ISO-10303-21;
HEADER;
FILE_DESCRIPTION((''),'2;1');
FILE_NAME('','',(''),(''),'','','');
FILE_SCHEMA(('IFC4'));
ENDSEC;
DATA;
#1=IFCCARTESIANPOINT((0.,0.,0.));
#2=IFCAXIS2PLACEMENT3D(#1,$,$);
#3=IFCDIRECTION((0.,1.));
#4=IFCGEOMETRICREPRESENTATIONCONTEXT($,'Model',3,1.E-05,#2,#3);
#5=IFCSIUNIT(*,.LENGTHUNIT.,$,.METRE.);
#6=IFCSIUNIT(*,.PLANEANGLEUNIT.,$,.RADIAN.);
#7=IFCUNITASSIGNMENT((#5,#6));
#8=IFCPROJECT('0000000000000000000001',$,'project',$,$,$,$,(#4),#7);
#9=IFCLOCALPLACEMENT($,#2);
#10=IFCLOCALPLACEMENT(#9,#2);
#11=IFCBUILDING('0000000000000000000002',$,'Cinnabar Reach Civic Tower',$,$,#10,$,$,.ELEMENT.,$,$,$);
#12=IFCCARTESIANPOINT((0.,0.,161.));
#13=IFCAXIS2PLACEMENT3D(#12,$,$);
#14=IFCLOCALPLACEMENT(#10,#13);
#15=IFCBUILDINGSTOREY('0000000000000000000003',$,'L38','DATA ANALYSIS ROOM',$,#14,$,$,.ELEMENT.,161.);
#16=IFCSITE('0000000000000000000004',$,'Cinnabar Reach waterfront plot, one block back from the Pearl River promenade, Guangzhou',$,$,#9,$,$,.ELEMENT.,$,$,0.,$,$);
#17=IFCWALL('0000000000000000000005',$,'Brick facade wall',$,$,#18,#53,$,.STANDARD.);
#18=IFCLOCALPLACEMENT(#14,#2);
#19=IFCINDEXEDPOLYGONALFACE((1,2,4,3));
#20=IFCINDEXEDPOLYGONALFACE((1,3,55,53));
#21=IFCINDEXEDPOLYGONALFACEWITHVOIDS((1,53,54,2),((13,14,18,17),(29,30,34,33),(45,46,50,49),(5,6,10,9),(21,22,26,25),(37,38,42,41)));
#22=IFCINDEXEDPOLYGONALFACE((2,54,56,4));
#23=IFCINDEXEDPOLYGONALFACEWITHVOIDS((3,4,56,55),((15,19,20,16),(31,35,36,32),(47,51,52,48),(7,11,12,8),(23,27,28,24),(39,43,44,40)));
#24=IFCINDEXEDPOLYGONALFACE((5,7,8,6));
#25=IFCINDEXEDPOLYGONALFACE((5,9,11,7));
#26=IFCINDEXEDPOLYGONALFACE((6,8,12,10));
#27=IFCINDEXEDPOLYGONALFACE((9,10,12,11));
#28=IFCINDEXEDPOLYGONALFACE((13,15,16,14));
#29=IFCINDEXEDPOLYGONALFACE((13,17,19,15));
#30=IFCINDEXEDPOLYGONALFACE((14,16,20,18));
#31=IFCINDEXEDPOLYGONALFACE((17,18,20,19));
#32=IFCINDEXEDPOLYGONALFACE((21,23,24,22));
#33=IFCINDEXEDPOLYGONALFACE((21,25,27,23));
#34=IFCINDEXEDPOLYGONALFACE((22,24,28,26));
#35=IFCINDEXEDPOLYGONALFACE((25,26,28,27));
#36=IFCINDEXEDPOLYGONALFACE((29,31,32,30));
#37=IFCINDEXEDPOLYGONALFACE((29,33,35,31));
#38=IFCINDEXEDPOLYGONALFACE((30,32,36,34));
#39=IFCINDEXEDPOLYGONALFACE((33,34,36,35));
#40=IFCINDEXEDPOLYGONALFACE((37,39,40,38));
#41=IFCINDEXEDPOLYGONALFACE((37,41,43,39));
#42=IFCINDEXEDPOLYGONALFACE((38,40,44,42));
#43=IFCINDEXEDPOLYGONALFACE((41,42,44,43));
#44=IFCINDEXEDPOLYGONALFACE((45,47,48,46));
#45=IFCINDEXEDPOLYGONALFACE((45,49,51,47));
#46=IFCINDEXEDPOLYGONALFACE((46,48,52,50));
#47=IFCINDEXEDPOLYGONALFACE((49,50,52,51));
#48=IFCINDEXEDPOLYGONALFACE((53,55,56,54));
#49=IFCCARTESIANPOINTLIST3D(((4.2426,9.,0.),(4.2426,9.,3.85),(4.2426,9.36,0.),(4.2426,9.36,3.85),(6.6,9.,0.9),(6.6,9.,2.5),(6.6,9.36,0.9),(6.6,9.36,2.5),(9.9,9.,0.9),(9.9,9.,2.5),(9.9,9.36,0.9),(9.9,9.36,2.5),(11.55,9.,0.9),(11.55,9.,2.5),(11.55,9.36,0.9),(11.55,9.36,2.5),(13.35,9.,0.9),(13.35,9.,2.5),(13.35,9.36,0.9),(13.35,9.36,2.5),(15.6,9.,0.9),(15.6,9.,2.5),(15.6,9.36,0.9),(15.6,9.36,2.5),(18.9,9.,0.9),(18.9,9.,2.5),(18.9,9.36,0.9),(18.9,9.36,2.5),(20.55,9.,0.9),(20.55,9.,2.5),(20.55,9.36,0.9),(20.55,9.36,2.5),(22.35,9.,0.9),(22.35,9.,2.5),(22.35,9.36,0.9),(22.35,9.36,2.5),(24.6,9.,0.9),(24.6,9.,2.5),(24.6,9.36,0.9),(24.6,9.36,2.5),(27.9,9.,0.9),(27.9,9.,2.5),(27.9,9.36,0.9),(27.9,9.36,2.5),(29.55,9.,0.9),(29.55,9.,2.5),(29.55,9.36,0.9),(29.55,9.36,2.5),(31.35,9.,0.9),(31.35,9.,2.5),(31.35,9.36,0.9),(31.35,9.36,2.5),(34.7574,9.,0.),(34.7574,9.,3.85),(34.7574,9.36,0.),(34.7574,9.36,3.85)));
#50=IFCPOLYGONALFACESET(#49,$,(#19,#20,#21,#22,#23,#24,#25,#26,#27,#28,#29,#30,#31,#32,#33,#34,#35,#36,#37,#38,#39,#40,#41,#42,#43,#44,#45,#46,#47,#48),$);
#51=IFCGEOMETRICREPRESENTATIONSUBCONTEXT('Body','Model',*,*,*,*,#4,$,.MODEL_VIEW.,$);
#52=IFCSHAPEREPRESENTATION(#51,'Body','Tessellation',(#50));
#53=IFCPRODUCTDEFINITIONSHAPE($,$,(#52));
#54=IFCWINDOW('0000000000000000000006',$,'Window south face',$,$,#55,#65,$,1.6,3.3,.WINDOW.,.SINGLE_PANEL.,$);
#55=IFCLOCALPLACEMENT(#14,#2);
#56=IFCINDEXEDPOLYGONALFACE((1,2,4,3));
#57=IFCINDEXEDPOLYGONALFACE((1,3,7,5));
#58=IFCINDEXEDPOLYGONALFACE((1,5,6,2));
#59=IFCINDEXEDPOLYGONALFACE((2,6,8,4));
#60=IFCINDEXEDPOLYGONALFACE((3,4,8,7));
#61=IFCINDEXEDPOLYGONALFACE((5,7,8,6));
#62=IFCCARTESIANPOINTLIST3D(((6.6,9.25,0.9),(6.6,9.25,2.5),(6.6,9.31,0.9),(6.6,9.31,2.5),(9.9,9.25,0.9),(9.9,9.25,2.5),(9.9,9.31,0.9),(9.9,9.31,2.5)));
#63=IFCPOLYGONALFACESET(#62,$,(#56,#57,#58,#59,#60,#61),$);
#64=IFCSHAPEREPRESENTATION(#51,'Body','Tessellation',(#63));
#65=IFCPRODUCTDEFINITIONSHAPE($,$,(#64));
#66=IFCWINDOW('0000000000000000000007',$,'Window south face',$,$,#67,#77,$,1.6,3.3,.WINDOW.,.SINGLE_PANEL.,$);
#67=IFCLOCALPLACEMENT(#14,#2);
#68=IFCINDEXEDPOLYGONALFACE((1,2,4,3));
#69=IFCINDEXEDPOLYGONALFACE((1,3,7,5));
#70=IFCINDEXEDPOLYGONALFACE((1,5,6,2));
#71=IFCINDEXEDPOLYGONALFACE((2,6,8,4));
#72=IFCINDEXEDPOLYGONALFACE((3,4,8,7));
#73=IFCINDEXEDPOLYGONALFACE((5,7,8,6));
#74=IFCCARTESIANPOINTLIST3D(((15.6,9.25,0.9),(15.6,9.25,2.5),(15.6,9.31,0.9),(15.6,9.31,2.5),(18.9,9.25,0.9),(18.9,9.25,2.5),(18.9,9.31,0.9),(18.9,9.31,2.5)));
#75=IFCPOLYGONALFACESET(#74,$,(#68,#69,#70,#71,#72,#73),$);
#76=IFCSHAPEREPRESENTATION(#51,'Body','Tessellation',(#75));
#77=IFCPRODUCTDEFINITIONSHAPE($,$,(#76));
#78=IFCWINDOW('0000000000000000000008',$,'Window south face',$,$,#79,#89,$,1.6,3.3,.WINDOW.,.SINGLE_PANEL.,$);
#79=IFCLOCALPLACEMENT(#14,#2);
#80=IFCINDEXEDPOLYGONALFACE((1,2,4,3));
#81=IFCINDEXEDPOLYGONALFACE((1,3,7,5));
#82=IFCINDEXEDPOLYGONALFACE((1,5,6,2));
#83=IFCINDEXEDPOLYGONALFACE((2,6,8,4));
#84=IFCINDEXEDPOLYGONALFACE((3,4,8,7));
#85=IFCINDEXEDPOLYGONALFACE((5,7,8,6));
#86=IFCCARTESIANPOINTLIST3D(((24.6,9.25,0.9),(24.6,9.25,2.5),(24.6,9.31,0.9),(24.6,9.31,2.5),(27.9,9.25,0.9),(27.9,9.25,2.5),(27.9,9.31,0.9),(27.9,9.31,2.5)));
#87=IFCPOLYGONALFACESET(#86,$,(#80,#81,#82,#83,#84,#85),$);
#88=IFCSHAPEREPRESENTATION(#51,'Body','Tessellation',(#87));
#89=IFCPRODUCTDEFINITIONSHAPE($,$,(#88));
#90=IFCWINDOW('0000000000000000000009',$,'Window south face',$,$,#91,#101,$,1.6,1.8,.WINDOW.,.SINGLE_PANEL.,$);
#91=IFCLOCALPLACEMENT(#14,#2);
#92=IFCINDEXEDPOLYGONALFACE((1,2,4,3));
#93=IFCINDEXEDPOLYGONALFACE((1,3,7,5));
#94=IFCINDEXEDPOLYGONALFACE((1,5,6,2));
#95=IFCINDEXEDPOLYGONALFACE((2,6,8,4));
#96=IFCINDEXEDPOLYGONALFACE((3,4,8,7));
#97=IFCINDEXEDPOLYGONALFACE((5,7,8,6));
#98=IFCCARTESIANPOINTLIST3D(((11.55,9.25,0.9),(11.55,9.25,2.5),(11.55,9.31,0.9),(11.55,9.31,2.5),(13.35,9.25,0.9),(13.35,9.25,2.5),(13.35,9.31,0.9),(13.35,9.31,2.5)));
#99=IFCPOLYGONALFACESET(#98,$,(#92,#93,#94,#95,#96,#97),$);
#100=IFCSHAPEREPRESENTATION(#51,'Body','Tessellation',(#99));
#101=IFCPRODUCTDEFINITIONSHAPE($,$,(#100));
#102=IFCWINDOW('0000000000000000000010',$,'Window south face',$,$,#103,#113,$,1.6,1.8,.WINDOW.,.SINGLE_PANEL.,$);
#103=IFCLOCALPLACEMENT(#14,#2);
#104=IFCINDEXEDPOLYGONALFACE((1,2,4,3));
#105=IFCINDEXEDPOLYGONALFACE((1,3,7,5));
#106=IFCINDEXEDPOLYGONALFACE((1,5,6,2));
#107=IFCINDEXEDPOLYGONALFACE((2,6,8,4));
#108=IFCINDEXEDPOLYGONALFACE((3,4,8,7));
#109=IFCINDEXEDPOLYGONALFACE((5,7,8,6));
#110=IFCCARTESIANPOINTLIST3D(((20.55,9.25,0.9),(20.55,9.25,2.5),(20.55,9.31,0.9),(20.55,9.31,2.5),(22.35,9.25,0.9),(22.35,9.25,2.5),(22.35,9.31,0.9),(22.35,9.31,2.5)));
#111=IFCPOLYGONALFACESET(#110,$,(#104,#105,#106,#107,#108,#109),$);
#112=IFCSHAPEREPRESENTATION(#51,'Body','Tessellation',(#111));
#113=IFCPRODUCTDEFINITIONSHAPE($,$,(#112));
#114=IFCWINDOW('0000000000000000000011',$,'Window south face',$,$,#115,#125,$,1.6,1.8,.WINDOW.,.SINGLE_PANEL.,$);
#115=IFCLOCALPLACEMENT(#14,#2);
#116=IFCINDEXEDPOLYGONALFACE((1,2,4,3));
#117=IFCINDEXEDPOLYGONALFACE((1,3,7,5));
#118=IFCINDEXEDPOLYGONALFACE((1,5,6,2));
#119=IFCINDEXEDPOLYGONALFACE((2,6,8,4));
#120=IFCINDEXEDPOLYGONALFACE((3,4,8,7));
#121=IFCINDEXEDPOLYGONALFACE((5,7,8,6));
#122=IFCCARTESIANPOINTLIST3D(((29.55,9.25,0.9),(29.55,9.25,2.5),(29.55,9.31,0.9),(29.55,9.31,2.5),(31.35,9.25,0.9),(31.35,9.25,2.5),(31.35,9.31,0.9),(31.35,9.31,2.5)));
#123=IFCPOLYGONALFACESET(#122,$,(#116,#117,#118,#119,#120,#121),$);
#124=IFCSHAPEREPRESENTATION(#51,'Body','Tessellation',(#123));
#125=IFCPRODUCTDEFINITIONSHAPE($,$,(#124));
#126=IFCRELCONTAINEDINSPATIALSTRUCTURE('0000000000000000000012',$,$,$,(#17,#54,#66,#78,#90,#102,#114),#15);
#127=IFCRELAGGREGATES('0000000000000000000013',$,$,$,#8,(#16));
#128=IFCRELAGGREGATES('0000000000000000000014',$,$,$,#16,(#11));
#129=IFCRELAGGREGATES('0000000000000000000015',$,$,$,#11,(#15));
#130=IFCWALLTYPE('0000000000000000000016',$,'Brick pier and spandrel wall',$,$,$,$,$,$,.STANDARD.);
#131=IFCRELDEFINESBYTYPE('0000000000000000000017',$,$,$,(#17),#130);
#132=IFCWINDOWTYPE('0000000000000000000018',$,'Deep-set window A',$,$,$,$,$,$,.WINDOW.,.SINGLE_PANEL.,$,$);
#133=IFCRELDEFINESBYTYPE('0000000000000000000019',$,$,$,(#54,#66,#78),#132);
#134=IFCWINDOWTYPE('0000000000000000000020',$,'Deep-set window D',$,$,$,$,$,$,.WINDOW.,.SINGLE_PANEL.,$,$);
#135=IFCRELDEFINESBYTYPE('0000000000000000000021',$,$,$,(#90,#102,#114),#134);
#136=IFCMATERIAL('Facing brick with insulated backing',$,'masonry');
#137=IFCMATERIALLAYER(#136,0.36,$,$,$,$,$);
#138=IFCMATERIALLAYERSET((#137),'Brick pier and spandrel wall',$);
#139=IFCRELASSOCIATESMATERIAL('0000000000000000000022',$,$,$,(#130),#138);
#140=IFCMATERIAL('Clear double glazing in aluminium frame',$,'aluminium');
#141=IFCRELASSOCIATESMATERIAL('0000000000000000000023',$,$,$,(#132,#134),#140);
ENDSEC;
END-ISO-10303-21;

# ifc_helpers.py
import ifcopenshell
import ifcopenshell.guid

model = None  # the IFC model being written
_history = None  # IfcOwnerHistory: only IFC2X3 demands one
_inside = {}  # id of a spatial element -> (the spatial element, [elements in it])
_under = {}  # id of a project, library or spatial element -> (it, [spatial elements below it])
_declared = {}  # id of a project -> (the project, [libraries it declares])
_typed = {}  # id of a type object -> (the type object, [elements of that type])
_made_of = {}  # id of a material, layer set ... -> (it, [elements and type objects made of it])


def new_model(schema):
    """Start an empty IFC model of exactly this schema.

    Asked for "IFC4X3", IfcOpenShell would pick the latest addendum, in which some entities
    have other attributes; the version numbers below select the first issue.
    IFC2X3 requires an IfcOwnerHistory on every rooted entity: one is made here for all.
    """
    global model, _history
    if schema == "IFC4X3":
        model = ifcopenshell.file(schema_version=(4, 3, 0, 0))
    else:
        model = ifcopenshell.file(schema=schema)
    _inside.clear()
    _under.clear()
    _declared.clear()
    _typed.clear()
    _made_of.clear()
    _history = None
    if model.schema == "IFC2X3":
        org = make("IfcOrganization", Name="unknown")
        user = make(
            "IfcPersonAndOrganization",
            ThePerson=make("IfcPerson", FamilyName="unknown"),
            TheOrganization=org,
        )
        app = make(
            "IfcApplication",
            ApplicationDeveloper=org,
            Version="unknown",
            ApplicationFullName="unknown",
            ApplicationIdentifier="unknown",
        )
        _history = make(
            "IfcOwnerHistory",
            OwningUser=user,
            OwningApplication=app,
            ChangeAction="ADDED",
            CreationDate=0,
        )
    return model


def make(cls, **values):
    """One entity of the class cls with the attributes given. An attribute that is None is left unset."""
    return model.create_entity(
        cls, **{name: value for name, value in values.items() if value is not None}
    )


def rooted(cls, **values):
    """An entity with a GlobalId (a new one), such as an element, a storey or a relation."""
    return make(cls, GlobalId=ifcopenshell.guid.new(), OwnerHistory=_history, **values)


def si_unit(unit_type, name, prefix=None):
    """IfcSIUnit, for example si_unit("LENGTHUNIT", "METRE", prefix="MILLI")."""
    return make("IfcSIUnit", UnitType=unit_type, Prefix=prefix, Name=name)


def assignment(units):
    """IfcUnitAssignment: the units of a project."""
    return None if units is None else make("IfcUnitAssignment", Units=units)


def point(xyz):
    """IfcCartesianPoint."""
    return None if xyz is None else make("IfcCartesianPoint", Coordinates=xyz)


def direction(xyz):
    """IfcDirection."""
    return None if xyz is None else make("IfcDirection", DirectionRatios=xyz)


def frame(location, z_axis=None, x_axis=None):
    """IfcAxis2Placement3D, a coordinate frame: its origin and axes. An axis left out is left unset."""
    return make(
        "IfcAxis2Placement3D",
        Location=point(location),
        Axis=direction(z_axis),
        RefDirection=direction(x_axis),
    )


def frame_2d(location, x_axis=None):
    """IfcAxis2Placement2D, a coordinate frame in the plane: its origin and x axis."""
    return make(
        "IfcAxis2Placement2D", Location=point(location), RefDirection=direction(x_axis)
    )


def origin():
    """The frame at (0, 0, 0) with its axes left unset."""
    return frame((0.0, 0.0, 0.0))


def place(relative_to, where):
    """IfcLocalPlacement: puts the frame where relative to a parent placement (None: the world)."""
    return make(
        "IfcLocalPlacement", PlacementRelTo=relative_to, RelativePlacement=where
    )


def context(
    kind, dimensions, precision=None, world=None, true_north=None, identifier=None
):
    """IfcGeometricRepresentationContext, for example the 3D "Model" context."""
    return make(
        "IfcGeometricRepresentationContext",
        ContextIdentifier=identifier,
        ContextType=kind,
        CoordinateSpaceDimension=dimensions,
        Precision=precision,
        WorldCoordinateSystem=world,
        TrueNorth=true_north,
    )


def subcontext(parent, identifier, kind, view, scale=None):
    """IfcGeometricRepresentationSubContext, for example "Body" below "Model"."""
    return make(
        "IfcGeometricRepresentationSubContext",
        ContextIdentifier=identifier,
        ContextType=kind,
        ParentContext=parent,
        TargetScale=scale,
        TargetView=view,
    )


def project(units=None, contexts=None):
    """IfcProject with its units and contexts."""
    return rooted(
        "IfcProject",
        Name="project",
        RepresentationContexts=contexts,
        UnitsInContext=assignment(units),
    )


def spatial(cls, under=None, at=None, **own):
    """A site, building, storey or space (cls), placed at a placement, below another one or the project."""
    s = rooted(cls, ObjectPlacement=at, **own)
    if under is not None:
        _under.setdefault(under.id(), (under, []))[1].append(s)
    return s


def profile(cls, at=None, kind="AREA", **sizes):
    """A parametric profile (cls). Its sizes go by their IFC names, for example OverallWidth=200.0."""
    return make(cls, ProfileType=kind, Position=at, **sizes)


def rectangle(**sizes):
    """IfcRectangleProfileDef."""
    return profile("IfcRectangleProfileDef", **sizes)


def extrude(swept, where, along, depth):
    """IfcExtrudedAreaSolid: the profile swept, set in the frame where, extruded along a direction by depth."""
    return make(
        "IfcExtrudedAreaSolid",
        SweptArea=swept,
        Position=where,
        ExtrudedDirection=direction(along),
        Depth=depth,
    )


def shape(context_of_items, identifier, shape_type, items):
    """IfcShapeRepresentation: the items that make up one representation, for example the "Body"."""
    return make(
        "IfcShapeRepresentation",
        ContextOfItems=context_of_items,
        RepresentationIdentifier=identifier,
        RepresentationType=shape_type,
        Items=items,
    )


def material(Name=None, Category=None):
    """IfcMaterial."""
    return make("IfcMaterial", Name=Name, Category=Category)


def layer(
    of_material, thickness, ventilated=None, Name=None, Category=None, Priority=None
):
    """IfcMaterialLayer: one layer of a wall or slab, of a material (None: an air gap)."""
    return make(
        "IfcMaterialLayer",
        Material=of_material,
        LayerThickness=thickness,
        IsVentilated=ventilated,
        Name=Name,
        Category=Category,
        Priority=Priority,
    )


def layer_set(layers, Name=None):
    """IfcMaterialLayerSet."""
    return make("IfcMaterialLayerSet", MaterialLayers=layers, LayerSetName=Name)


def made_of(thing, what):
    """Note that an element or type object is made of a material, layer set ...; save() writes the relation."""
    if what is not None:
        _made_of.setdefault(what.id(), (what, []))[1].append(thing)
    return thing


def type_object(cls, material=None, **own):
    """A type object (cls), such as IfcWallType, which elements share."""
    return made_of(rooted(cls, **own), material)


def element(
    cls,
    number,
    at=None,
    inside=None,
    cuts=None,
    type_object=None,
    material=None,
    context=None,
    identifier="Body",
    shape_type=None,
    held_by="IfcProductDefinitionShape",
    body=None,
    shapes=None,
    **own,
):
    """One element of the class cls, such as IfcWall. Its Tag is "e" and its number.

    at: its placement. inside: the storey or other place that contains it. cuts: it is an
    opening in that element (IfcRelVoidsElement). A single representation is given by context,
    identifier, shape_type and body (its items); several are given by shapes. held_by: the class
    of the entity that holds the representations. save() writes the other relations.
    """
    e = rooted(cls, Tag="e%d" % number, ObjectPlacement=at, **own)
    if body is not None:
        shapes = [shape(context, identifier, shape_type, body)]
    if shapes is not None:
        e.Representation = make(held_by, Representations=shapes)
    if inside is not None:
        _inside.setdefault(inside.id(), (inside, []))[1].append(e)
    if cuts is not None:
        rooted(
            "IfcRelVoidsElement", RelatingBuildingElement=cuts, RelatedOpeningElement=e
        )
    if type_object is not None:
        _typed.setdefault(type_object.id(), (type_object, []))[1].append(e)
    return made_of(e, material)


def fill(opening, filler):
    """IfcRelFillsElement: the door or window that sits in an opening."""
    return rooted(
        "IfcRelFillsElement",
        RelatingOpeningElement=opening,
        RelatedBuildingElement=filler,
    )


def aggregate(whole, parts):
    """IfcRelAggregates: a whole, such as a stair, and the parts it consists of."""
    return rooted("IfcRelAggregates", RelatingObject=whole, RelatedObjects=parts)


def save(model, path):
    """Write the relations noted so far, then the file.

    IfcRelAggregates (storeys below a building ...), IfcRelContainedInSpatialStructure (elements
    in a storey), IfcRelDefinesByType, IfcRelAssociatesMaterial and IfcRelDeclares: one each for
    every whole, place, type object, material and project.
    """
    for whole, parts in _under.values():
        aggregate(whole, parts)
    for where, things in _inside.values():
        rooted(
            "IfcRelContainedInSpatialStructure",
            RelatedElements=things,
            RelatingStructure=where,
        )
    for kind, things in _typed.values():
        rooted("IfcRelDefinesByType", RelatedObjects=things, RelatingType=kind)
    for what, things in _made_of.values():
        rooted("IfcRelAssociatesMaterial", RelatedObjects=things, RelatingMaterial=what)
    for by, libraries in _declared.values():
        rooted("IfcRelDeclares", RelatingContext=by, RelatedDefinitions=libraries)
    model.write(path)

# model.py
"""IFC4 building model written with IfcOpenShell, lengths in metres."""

from ifc_helpers import new_model, si_unit, direction, frame, frame_2d, origin, place, context, subcontext, project, spatial, rectangle, extrude, material, layer, layer_set, type_object, element, fill, save


model = new_model("IFC4")

# Units and contexts
model_context = context("Model", 3, precision=1e-05, world=origin(), true_north=direction((0.0, 1.0)))
body_context = subcontext(model_context, "Body", "Model", "MODEL_VIEW")
ifc_project = project(units=[si_unit("LENGTHUNIT", "METRE"), si_unit("PLANEANGLEUNIT", "RADIAN")], contexts=[model_context])

# Site, building, storey
site_placement = place(None, origin())
site = spatial("IfcSite", under=ifc_project, at=site_placement, Name="Cinnabar Reach waterfront plot, one block back from the Pearl River promenade, Guangzhou", CompositionType="ELEMENT", RefElevation=0.0)
building_placement = place(site_placement, origin())
building = spatial("IfcBuilding", under=site, at=building_placement, Name="Cinnabar Reach Civic Tower", CompositionType="ELEMENT")
storey_placement = place(building_placement, frame((0.0, 0.0, 161.0)))
storey = spatial("IfcBuildingStorey", under=building, at=storey_placement, Name="L38", Description="DATA ANALYSIS ROOM", CompositionType="ELEMENT", Elevation=161.0)

# Shared definitions
ifc_material_1 = material(Name="Facing brick with insulated backing", Category="masonry")

# Wall, openings, windows
ifc_layer_1 = layer(ifc_material_1, 0.36)
ifc_layer_set_1 = layer_set([ifc_layer_1], Name="Brick pier and spandrel wall")
wall_type_1 = type_object("IfcWallType", Name="Brick pier and spandrel wall", PredefinedType="STANDARD", material=ifc_layer_set_1)
wall_1_placement = place(storey_placement, frame((4.2426, 9.18, 0.0), z_axis=(0.0, 0.0, 1.0), x_axis=(1.0, 0.0, 0.0)))
wall_1 = element("IfcWall", 1, at=wall_1_placement, inside=storey, type_object=wall_type_1, Name="Brick facade wall", PredefinedType="STANDARD", context=body_context, shape_type="SweptSolid", body=[
    extrude(rectangle(XDim=30.5148, YDim=0.36, at=frame_2d((15.2574, 0.0))), origin(), (0.0, 0.0, 1.0), 3.85),
])
opening_1_placement = place(wall_1_placement, frame((2.3574, 0.0, 0.9)))
opening_1 = element("IfcOpeningElement", 2, at=opening_1_placement, cuts=wall_1, PredefinedType="OPENING", context=body_context, shape_type="SweptSolid", body=[
    extrude(rectangle(XDim=3.3, YDim=1.6, at=frame_2d((1.65, 0.8))), frame((0.0, 0.19, 0.0), z_axis=(0.0, -1.0, 0.0), x_axis=(1.0, 0.0, 0.0)), (0.0, 0.0, 1.0), 0.38),
])
opening_2_placement = place(wall_1_placement, frame((7.3074, 0.0, 0.9)))
opening_2 = element("IfcOpeningElement", 3, at=opening_2_placement, cuts=wall_1, PredefinedType="OPENING", context=body_context, shape_type="SweptSolid", body=[
    extrude(rectangle(XDim=1.8, YDim=1.6, at=frame_2d((0.9, 0.8))), frame((0.0, 0.19, 0.0), z_axis=(0.0, -1.0, 0.0), x_axis=(1.0, 0.0, 0.0)), (0.0, 0.0, 1.0), 0.38),
])
opening_3_placement = place(wall_1_placement, frame((11.3574, 0.0, 0.9)))
opening_3 = element("IfcOpeningElement", 4, at=opening_3_placement, cuts=wall_1, PredefinedType="OPENING", context=body_context, shape_type="SweptSolid", body=[
    extrude(rectangle(XDim=3.3, YDim=1.6, at=frame_2d((1.65, 0.8))), frame((0.0, 0.19, 0.0), z_axis=(0.0, -1.0, 0.0), x_axis=(1.0, 0.0, 0.0)), (0.0, 0.0, 1.0), 0.38),
])
opening_4_placement = place(wall_1_placement, frame((16.3074, 0.0, 0.9)))
opening_4 = element("IfcOpeningElement", 5, at=opening_4_placement, cuts=wall_1, PredefinedType="OPENING", context=body_context, shape_type="SweptSolid", body=[
    extrude(rectangle(XDim=1.8, YDim=1.6, at=frame_2d((0.9, 0.8))), frame((0.0, 0.19, 0.0), z_axis=(0.0, -1.0, 0.0), x_axis=(1.0, 0.0, 0.0)), (0.0, 0.0, 1.0), 0.38),
])
opening_5_placement = place(wall_1_placement, frame((20.3574, 0.0, 0.9)))
opening_5 = element("IfcOpeningElement", 6, at=opening_5_placement, cuts=wall_1, PredefinedType="OPENING", context=body_context, shape_type="SweptSolid", body=[
    extrude(rectangle(XDim=3.3, YDim=1.6, at=frame_2d((1.65, 0.8))), frame((0.0, 0.19, 0.0), z_axis=(0.0, -1.0, 0.0), x_axis=(1.0, 0.0, 0.0)), (0.0, 0.0, 1.0), 0.38),
])
opening_6_placement = place(wall_1_placement, frame((25.3074, 0.0, 0.9)))
opening_6 = element("IfcOpeningElement", 7, at=opening_6_placement, cuts=wall_1, PredefinedType="OPENING", context=body_context, shape_type="SweptSolid", body=[
    extrude(rectangle(XDim=1.8, YDim=1.6, at=frame_2d((0.9, 0.8))), frame((0.0, 0.19, 0.0), z_axis=(0.0, -1.0, 0.0), x_axis=(1.0, 0.0, 0.0)), (0.0, 0.0, 1.0), 0.38),
])
ifc_material_2 = material(Name="Clear double glazing in aluminium frame", Category="aluminium")
window_type_1 = type_object("IfcWindowType", Name="Deep-set window A", PartitioningType="SINGLE_PANEL", PredefinedType="WINDOW", material=ifc_material_2)
window_1_placement = place(opening_1_placement, origin())
window_1 = element("IfcWindow", 8, at=window_1_placement, inside=storey, type_object=window_type_1, Name="Window south face", OverallHeight=1.6, OverallWidth=3.3, PartitioningType="SINGLE_PANEL", PredefinedType="WINDOW", context=body_context, shape_type="SweptSolid", body=[
    extrude(rectangle(XDim=3.3, YDim=1.6, at=frame_2d((1.65, 0.8))), frame((0.0, 0.13, 0.0), z_axis=(0.0, -1.0, 0.0), x_axis=(1.0, 0.0, 0.0)), (0.0, 0.0, 1.0), 0.06),
])
fill(opening_1, window_1)
window_2_placement = place(opening_3_placement, origin())
window_2 = element("IfcWindow", 9, at=window_2_placement, inside=storey, type_object=window_type_1, Name="Window south face", OverallHeight=1.6, OverallWidth=3.3, PartitioningType="SINGLE_PANEL", PredefinedType="WINDOW", context=body_context, shape_type="SweptSolid", body=[
    extrude(rectangle(XDim=3.3, YDim=1.6, at=frame_2d((1.65, 0.8))), frame((0.0, 0.13, 0.0), z_axis=(0.0, -1.0, 0.0), x_axis=(1.0, 0.0, 0.0)), (0.0, 0.0, 1.0), 0.06),
])
fill(opening_3, window_2)
window_3_placement = place(opening_5_placement, origin())
window_3 = element("IfcWindow", 10, at=window_3_placement, inside=storey, type_object=window_type_1, Name="Window south face", OverallHeight=1.6, OverallWidth=3.3, PartitioningType="SINGLE_PANEL", PredefinedType="WINDOW", context=body_context, shape_type="SweptSolid", body=[
    extrude(rectangle(XDim=3.3, YDim=1.6, at=frame_2d((1.65, 0.8))), frame((0.0, 0.13, 0.0), z_axis=(0.0, -1.0, 0.0), x_axis=(1.0, 0.0, 0.0)), (0.0, 0.0, 1.0), 0.06),
])
fill(opening_5, window_3)
window_type_2 = type_object("IfcWindowType", Name="Deep-set window D", PartitioningType="SINGLE_PANEL", PredefinedType="WINDOW", material=ifc_material_2)
window_4_placement = place(opening_2_placement, origin())
window_4 = element("IfcWindow", 11, at=window_4_placement, inside=storey, type_object=window_type_2, Name="Window south face", OverallHeight=1.6, OverallWidth=1.8, PartitioningType="SINGLE_PANEL", PredefinedType="WINDOW", context=body_context, shape_type="SweptSolid", body=[
    extrude(rectangle(XDim=1.8, YDim=1.6, at=frame_2d((0.9, 0.8))), frame((0.0, 0.13, 0.0), z_axis=(0.0, -1.0, 0.0), x_axis=(1.0, 0.0, 0.0)), (0.0, 0.0, 1.0), 0.06),
])
fill(opening_2, window_4)
window_5_placement = place(opening_4_placement, origin())
window_5 = element("IfcWindow", 12, at=window_5_placement, inside=storey, type_object=window_type_2, Name="Window south face", OverallHeight=1.6, OverallWidth=1.8, PartitioningType="SINGLE_PANEL", PredefinedType="WINDOW", context=body_context, shape_type="SweptSolid", body=[
    extrude(rectangle(XDim=1.8, YDim=1.6, at=frame_2d((0.9, 0.8))), frame((0.0, 0.13, 0.0), z_axis=(0.0, -1.0, 0.0), x_axis=(1.0, 0.0, 0.0)), (0.0, 0.0, 1.0), 0.06),
])
fill(opening_4, window_5)
window_6_placement = place(opening_6_placement, origin())
window_6 = element("IfcWindow", 13, at=window_6_placement, inside=storey, type_object=window_type_2, Name="Window south face", OverallHeight=1.6, OverallWidth=1.8, PartitioningType="SINGLE_PANEL", PredefinedType="WINDOW", context=body_context, shape_type="SweptSolid", body=[
    extrude(rectangle(XDim=1.8, YDim=1.6, at=frame_2d((0.9, 0.8))), frame((0.0, 0.13, 0.0), z_axis=(0.0, -1.0, 0.0), x_axis=(1.0, 0.0, 0.0)), (0.0, 0.0, 1.0), 0.06),
])
fill(opening_6, window_6)

save(model, "model.ifc")
